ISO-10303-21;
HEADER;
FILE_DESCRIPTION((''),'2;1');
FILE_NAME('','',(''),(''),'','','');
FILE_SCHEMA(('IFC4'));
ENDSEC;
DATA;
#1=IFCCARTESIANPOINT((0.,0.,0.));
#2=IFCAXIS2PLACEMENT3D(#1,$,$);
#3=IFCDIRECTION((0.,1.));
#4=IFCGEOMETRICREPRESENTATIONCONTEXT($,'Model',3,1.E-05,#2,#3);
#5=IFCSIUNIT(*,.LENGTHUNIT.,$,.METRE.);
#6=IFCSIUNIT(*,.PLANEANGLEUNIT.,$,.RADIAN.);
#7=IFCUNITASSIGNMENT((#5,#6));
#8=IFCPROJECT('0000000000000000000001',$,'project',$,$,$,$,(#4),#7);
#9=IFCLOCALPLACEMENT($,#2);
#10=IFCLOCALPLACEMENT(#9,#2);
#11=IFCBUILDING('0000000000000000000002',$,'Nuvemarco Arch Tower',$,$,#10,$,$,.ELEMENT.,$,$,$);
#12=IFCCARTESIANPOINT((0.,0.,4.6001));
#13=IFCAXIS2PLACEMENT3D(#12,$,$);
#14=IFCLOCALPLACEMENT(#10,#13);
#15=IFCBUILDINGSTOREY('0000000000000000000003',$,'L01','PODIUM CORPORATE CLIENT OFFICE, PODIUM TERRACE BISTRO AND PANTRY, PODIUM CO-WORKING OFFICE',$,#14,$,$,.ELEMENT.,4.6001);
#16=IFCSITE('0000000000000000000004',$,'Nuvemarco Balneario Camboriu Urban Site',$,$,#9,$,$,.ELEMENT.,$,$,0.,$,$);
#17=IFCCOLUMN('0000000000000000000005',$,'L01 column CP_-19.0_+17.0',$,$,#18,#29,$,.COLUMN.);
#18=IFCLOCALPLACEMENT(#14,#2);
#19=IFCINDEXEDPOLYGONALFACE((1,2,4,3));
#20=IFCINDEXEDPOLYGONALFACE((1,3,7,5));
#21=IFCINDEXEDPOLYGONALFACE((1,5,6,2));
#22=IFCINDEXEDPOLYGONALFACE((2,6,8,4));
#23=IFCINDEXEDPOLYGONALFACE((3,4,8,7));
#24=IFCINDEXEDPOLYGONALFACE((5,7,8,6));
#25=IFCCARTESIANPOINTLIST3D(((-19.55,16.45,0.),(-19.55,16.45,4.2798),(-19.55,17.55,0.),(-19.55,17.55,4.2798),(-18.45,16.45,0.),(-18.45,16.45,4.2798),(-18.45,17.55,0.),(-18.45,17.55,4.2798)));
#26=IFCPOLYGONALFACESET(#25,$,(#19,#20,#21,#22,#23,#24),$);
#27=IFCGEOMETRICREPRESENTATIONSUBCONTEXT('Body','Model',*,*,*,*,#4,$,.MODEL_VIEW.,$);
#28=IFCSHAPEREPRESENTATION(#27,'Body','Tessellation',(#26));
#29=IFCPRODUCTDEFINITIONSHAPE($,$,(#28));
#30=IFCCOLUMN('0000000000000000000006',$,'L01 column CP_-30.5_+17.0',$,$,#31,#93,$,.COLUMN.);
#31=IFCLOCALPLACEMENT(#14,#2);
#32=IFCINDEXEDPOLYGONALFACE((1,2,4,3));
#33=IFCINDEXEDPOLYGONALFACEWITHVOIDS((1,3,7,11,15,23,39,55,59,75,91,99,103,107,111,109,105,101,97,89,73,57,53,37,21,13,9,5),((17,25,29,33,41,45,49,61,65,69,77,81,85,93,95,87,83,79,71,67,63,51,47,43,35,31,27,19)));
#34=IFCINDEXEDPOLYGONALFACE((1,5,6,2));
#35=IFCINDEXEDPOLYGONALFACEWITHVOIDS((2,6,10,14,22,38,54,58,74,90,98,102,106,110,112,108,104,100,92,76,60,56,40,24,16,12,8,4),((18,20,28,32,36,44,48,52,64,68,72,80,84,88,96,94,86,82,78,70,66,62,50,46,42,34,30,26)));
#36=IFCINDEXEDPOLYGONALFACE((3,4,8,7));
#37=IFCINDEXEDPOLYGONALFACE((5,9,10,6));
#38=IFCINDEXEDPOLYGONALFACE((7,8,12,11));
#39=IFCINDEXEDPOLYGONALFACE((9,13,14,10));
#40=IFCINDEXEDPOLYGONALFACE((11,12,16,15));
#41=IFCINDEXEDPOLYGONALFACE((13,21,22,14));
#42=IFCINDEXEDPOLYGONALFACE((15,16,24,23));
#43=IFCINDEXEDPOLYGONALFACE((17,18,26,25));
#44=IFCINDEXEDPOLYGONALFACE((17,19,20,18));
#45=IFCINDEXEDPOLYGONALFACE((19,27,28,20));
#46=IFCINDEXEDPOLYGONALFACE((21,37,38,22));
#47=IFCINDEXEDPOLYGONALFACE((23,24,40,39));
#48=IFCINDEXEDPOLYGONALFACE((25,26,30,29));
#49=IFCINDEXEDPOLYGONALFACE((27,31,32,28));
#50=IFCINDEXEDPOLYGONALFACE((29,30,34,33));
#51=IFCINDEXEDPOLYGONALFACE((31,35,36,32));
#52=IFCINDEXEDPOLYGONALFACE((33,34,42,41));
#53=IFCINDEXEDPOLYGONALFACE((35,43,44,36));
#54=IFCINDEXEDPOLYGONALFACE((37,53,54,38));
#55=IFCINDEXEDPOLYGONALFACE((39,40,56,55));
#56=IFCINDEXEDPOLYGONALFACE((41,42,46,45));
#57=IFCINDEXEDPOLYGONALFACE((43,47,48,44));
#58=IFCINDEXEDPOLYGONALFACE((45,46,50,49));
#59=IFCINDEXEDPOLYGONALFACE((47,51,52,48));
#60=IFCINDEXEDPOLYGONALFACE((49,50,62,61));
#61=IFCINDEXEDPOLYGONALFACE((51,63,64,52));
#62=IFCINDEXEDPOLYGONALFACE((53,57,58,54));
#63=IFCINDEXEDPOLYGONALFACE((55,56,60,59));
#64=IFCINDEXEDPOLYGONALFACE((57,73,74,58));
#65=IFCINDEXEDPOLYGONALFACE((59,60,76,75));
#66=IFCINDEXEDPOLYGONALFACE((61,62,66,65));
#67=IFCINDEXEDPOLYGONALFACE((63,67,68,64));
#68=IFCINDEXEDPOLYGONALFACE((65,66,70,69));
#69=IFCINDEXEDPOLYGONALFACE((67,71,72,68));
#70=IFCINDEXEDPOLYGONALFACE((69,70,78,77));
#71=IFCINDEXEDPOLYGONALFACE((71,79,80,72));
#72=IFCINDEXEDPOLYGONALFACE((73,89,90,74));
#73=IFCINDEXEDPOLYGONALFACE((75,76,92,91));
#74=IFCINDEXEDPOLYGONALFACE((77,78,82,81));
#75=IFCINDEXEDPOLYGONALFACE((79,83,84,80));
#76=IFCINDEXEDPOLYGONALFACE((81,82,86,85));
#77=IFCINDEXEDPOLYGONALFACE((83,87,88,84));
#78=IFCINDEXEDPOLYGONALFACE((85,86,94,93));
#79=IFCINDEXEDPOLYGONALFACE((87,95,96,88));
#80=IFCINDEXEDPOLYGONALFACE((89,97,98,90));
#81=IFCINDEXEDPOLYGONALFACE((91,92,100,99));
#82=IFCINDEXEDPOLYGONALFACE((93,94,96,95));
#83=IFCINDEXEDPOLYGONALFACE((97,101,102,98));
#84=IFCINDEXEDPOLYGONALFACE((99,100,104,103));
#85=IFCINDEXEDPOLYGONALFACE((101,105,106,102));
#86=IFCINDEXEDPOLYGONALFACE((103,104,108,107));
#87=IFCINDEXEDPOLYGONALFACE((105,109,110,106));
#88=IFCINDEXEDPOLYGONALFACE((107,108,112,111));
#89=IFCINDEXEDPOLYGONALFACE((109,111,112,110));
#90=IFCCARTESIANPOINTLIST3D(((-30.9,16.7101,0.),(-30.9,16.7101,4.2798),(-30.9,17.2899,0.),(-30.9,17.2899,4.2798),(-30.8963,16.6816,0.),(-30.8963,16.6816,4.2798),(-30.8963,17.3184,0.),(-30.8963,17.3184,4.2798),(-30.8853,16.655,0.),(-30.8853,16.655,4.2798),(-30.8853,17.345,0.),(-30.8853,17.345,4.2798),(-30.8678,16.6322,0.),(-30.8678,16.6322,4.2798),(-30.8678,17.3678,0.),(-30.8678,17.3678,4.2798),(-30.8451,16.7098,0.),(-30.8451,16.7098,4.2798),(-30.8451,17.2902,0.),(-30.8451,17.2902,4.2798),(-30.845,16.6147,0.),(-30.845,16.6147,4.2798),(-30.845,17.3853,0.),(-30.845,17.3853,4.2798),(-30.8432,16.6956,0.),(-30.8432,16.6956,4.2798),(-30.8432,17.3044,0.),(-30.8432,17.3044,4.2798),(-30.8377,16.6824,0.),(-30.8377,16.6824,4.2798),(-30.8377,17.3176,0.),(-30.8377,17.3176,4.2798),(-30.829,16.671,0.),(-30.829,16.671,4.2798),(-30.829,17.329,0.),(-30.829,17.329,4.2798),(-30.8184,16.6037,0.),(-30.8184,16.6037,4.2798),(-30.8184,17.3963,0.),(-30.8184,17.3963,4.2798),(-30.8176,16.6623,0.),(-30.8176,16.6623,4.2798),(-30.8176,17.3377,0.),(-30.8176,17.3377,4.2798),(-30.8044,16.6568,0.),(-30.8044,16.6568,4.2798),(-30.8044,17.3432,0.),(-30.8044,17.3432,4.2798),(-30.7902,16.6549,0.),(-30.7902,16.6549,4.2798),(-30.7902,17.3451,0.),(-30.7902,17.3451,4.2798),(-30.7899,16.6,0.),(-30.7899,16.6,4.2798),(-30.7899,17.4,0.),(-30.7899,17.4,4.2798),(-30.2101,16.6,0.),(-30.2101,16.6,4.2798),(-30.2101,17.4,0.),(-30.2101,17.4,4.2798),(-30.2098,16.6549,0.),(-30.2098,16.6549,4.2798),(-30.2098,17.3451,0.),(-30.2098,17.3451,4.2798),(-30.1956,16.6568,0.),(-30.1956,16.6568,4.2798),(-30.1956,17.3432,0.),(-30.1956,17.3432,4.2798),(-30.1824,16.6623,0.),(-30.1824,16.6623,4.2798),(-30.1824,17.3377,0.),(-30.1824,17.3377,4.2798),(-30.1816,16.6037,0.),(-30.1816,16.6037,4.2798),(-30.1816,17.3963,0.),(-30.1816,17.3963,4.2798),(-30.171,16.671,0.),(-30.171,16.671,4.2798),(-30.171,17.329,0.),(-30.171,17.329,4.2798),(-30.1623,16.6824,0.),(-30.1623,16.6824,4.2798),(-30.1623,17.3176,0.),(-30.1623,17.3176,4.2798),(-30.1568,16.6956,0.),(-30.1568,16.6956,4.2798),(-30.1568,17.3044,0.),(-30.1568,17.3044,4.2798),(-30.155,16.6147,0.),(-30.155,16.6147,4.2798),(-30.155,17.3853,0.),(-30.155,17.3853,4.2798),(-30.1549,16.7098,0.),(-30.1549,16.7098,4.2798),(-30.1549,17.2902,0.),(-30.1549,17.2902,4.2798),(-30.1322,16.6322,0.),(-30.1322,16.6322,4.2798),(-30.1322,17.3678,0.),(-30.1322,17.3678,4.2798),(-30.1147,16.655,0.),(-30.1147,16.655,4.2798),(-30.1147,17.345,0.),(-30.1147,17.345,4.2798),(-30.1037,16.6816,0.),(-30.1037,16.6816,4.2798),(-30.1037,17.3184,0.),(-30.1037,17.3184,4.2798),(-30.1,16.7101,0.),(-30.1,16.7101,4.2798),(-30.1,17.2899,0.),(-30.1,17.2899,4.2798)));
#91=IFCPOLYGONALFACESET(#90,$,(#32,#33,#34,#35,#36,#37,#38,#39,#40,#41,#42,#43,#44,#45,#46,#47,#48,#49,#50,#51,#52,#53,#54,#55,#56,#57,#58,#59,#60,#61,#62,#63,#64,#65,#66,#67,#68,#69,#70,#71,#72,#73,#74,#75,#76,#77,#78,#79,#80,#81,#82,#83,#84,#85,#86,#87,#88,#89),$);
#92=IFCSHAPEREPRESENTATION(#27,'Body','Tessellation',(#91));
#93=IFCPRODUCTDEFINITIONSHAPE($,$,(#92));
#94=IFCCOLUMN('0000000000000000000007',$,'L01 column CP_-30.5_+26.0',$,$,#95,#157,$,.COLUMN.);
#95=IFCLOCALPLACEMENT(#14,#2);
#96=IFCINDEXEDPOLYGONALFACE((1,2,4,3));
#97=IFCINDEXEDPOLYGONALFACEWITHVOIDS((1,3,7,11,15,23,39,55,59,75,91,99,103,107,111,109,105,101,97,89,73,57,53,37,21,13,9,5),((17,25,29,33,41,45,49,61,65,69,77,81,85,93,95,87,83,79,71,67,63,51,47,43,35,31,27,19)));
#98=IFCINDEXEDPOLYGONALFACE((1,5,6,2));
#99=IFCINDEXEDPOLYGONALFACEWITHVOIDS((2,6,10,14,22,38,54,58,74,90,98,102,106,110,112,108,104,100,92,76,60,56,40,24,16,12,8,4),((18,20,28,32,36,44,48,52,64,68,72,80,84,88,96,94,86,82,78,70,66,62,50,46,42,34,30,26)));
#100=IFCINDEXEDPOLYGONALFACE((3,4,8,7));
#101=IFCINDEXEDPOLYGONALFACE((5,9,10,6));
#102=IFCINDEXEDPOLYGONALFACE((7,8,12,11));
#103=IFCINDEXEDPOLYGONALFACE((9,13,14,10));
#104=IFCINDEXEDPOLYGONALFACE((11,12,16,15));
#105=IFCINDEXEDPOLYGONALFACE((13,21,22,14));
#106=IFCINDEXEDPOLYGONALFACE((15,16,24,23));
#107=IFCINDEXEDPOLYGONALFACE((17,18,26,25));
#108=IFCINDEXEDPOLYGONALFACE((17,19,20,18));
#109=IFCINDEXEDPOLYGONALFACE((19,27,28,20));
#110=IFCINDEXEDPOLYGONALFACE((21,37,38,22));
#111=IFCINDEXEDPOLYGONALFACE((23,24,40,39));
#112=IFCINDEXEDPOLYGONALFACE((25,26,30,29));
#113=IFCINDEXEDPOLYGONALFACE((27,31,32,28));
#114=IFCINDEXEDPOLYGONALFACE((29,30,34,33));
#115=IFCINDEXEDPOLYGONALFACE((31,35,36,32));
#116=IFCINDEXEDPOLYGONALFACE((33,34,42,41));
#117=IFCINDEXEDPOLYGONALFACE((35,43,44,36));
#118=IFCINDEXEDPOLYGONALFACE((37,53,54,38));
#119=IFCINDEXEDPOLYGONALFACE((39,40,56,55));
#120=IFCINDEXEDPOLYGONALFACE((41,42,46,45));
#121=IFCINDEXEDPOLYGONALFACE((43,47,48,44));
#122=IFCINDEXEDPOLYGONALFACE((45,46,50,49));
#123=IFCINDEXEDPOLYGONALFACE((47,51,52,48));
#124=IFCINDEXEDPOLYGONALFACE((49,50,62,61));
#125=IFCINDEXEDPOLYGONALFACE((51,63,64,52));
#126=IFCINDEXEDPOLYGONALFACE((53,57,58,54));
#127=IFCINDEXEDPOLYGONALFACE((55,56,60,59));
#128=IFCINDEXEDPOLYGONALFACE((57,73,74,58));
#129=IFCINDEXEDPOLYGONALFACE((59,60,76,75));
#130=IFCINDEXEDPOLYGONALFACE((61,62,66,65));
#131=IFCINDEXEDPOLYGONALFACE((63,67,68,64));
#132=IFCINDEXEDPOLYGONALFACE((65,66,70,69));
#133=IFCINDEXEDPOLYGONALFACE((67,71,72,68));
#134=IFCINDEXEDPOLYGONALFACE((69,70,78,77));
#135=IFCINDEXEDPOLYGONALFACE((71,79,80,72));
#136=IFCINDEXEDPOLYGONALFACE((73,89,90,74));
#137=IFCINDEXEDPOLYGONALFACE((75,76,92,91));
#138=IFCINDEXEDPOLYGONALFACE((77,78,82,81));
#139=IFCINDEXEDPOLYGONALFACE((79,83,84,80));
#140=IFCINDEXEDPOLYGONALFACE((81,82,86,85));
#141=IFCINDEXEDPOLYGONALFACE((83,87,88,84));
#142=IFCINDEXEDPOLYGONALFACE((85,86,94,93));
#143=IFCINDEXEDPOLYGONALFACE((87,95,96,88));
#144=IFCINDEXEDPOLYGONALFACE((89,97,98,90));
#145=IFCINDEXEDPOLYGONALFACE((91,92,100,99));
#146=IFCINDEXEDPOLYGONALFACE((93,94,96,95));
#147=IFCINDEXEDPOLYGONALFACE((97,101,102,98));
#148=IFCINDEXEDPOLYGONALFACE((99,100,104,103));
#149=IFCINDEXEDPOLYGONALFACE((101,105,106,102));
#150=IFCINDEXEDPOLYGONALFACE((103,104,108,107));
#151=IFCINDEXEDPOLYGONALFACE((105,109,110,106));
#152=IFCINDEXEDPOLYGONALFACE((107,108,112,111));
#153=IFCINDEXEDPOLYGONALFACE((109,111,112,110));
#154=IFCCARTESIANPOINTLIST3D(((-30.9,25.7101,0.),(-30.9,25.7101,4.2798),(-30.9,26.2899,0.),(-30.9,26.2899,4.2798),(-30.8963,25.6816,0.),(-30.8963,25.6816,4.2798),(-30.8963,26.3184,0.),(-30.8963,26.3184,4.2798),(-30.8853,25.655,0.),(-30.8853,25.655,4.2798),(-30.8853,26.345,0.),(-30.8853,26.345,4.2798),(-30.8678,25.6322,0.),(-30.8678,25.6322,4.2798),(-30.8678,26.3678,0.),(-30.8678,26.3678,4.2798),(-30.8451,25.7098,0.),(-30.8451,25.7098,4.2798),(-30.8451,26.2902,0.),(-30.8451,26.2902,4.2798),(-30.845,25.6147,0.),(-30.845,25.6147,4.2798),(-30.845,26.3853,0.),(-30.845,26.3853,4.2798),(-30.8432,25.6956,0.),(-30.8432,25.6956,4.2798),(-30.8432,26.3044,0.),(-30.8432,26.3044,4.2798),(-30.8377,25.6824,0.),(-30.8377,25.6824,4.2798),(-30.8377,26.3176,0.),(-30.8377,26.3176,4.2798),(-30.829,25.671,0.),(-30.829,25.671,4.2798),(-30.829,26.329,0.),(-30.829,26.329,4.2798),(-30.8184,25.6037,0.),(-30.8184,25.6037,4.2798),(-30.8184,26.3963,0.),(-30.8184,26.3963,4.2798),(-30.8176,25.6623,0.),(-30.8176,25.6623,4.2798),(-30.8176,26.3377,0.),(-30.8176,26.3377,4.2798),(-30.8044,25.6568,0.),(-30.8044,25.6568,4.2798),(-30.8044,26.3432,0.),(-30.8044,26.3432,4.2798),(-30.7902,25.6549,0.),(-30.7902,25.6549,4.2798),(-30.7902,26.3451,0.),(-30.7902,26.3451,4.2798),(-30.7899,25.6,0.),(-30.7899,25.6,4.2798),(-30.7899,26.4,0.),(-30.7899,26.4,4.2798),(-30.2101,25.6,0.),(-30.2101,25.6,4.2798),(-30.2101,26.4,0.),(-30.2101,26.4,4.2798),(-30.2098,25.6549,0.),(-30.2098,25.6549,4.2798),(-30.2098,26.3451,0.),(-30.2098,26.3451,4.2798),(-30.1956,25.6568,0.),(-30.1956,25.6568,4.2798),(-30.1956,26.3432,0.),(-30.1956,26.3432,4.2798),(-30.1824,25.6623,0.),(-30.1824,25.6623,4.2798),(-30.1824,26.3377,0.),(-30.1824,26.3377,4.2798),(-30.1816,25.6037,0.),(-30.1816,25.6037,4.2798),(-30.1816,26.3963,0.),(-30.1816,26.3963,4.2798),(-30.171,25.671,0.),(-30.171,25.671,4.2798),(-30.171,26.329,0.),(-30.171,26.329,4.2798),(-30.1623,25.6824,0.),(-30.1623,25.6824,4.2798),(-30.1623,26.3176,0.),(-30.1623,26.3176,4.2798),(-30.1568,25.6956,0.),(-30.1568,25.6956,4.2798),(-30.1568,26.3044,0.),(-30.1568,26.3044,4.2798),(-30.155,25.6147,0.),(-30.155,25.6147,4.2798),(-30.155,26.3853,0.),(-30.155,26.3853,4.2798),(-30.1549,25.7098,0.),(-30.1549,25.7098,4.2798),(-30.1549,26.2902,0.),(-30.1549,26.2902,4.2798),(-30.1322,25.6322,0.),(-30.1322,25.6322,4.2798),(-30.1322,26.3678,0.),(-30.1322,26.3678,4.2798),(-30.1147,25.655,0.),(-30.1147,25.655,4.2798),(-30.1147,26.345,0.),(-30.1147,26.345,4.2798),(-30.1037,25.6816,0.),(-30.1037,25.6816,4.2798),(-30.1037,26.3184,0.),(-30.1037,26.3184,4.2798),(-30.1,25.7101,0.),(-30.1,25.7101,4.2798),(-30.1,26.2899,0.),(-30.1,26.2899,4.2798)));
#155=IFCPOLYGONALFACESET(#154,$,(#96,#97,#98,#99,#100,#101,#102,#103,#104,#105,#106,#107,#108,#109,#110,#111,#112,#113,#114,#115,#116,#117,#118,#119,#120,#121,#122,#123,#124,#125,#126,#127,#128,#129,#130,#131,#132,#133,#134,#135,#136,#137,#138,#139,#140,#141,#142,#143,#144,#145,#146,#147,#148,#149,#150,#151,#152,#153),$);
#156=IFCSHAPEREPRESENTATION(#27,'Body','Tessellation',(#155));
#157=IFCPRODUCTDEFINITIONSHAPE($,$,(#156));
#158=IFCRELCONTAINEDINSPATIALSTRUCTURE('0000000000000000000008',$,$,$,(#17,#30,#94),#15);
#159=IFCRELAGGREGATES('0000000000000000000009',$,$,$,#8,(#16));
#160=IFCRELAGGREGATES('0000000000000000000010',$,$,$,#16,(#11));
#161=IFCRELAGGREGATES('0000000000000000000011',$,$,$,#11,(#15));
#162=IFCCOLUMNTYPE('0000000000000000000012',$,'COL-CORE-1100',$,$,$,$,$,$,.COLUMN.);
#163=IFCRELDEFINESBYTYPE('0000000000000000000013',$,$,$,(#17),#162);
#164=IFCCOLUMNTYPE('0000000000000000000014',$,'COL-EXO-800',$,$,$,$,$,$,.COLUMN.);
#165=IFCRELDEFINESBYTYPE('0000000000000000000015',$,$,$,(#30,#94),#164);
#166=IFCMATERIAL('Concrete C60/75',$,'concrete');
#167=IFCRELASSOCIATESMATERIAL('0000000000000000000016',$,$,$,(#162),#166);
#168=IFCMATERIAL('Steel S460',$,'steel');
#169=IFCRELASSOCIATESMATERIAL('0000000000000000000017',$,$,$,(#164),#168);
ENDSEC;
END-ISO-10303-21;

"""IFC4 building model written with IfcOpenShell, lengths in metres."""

from ifc_helpers import new_model, si_unit, direction, frame, origin, origin_2d, place, context, subcontext, project, spatial, rectangle, hollow_rectangle, extrude, material, material_profile, profile_set, type_object, element, save


model = new_model("IFC4")

# Units and contexts
model_context = context("Model", 3, precision=1e-05, world=origin(), true_north=direction((0.0, 1.0)))
body_context = subcontext(model_context, "Body", "Model", "MODEL_VIEW")
ifc_project = project(units=[si_unit("LENGTHUNIT", "METRE"), si_unit("PLANEANGLEUNIT", "RADIAN")], contexts=[model_context])

# Site, building, storey
site_placement = place(None, origin())
site = spatial("IfcSite", under=ifc_project, at=site_placement, Name="Nuvemarco Balneario Camboriu Urban Site", CompositionType="ELEMENT", RefElevation=0.0)
building_placement = place(site_placement, origin())
building = spatial("IfcBuilding", under=site, at=building_placement, Name="Nuvemarco Arch Tower", CompositionType="ELEMENT")
storey_placement = place(building_placement, frame((0.0, 0.0, 4.6001)))
storey = spatial("IfcBuildingStorey", under=building, at=storey_placement, Name="L01", Description="PODIUM CORPORATE CLIENT OFFICE, PODIUM TERRACE BISTRO AND PANTRY, PODIUM CO-WORKING OFFICE", CompositionType="ELEMENT", Elevation=4.6001)

# Columns
ifc_material_1 = material(Name="Concrete C60/75", Category="concrete")
ifc_material_profile_1 = material_profile(ifc_material_1, rectangle(XDim=1.1001, YDim=1.1001, at=origin_2d()), Name="RC-COL-1100x1100")
ifc_profile_set_1 = profile_set([ifc_material_profile_1], Name="Concrete C60/75")
column_type_1 = type_object("IfcColumnType", Name="COL-CORE-1100", PredefinedType="COLUMN", material=ifc_profile_set_1)
column_placement = place(storey_placement, frame((-19.0, 17.0, 0.0), z_axis=(0.0, 0.0, 1.0), x_axis=(1.0, 0.0, 0.0)))
element("IfcColumn", 1, at=column_placement, inside=storey, type_object=column_type_1, Name="L01 column CP_-19.0_+17.0", PredefinedType="COLUMN", context=body_context, shape_type="SweptSolid", body=[
    extrude(rectangle(XDim=1.1001, YDim=1.1001, at=origin_2d()), origin(), (0.0, 0.0, 1.0), 4.2798),
])
ifc_material_2 = material(Name="Steel S460", Category="steel")
ifc_material_profile_2 = material_profile(ifc_material_2, hollow_rectangle(XDim=0.8, YDim=0.8, WallThickness=0.0549, InnerFilletRadius=0.0549, OuterFilletRadius=0.1101, at=origin_2d()), Name="SHS800x800x55")
ifc_profile_set_2 = profile_set([ifc_material_profile_2], Name="Steel S460")
column_type_2 = type_object("IfcColumnType", Name="COL-EXO-800", PredefinedType="COLUMN", material=ifc_profile_set_2)
for number, where, z_axis, x_axis, name in (
    (2, (-30.5, 17.0, 0.0), (0.0, 0.0, 1.0), (1.0, 0.0, 0.0), "L01 column CP_-30.5_+17.0"),
    (3, (-30.5, 26.0, 0.0), (0.0, 0.0, 1.0), (1.0, 0.0, 0.0), "L01 column CP_-30.5_+26.0"),
):
    element("IfcColumn", number, at=place(storey_placement, frame(where, z_axis=z_axis, x_axis=x_axis)), inside=storey, type_object=column_type_2, Name=name, PredefinedType="COLUMN", context=body_context, shape_type="SweptSolid", body=[
        extrude(hollow_rectangle(XDim=0.8, YDim=0.8, WallThickness=0.0549, InnerFilletRadius=0.0549, OuterFilletRadius=0.1101, at=origin_2d()), origin(), (0.0, 0.0, 1.0), 4.2798),
    ])

save(model, "model.ifc")
